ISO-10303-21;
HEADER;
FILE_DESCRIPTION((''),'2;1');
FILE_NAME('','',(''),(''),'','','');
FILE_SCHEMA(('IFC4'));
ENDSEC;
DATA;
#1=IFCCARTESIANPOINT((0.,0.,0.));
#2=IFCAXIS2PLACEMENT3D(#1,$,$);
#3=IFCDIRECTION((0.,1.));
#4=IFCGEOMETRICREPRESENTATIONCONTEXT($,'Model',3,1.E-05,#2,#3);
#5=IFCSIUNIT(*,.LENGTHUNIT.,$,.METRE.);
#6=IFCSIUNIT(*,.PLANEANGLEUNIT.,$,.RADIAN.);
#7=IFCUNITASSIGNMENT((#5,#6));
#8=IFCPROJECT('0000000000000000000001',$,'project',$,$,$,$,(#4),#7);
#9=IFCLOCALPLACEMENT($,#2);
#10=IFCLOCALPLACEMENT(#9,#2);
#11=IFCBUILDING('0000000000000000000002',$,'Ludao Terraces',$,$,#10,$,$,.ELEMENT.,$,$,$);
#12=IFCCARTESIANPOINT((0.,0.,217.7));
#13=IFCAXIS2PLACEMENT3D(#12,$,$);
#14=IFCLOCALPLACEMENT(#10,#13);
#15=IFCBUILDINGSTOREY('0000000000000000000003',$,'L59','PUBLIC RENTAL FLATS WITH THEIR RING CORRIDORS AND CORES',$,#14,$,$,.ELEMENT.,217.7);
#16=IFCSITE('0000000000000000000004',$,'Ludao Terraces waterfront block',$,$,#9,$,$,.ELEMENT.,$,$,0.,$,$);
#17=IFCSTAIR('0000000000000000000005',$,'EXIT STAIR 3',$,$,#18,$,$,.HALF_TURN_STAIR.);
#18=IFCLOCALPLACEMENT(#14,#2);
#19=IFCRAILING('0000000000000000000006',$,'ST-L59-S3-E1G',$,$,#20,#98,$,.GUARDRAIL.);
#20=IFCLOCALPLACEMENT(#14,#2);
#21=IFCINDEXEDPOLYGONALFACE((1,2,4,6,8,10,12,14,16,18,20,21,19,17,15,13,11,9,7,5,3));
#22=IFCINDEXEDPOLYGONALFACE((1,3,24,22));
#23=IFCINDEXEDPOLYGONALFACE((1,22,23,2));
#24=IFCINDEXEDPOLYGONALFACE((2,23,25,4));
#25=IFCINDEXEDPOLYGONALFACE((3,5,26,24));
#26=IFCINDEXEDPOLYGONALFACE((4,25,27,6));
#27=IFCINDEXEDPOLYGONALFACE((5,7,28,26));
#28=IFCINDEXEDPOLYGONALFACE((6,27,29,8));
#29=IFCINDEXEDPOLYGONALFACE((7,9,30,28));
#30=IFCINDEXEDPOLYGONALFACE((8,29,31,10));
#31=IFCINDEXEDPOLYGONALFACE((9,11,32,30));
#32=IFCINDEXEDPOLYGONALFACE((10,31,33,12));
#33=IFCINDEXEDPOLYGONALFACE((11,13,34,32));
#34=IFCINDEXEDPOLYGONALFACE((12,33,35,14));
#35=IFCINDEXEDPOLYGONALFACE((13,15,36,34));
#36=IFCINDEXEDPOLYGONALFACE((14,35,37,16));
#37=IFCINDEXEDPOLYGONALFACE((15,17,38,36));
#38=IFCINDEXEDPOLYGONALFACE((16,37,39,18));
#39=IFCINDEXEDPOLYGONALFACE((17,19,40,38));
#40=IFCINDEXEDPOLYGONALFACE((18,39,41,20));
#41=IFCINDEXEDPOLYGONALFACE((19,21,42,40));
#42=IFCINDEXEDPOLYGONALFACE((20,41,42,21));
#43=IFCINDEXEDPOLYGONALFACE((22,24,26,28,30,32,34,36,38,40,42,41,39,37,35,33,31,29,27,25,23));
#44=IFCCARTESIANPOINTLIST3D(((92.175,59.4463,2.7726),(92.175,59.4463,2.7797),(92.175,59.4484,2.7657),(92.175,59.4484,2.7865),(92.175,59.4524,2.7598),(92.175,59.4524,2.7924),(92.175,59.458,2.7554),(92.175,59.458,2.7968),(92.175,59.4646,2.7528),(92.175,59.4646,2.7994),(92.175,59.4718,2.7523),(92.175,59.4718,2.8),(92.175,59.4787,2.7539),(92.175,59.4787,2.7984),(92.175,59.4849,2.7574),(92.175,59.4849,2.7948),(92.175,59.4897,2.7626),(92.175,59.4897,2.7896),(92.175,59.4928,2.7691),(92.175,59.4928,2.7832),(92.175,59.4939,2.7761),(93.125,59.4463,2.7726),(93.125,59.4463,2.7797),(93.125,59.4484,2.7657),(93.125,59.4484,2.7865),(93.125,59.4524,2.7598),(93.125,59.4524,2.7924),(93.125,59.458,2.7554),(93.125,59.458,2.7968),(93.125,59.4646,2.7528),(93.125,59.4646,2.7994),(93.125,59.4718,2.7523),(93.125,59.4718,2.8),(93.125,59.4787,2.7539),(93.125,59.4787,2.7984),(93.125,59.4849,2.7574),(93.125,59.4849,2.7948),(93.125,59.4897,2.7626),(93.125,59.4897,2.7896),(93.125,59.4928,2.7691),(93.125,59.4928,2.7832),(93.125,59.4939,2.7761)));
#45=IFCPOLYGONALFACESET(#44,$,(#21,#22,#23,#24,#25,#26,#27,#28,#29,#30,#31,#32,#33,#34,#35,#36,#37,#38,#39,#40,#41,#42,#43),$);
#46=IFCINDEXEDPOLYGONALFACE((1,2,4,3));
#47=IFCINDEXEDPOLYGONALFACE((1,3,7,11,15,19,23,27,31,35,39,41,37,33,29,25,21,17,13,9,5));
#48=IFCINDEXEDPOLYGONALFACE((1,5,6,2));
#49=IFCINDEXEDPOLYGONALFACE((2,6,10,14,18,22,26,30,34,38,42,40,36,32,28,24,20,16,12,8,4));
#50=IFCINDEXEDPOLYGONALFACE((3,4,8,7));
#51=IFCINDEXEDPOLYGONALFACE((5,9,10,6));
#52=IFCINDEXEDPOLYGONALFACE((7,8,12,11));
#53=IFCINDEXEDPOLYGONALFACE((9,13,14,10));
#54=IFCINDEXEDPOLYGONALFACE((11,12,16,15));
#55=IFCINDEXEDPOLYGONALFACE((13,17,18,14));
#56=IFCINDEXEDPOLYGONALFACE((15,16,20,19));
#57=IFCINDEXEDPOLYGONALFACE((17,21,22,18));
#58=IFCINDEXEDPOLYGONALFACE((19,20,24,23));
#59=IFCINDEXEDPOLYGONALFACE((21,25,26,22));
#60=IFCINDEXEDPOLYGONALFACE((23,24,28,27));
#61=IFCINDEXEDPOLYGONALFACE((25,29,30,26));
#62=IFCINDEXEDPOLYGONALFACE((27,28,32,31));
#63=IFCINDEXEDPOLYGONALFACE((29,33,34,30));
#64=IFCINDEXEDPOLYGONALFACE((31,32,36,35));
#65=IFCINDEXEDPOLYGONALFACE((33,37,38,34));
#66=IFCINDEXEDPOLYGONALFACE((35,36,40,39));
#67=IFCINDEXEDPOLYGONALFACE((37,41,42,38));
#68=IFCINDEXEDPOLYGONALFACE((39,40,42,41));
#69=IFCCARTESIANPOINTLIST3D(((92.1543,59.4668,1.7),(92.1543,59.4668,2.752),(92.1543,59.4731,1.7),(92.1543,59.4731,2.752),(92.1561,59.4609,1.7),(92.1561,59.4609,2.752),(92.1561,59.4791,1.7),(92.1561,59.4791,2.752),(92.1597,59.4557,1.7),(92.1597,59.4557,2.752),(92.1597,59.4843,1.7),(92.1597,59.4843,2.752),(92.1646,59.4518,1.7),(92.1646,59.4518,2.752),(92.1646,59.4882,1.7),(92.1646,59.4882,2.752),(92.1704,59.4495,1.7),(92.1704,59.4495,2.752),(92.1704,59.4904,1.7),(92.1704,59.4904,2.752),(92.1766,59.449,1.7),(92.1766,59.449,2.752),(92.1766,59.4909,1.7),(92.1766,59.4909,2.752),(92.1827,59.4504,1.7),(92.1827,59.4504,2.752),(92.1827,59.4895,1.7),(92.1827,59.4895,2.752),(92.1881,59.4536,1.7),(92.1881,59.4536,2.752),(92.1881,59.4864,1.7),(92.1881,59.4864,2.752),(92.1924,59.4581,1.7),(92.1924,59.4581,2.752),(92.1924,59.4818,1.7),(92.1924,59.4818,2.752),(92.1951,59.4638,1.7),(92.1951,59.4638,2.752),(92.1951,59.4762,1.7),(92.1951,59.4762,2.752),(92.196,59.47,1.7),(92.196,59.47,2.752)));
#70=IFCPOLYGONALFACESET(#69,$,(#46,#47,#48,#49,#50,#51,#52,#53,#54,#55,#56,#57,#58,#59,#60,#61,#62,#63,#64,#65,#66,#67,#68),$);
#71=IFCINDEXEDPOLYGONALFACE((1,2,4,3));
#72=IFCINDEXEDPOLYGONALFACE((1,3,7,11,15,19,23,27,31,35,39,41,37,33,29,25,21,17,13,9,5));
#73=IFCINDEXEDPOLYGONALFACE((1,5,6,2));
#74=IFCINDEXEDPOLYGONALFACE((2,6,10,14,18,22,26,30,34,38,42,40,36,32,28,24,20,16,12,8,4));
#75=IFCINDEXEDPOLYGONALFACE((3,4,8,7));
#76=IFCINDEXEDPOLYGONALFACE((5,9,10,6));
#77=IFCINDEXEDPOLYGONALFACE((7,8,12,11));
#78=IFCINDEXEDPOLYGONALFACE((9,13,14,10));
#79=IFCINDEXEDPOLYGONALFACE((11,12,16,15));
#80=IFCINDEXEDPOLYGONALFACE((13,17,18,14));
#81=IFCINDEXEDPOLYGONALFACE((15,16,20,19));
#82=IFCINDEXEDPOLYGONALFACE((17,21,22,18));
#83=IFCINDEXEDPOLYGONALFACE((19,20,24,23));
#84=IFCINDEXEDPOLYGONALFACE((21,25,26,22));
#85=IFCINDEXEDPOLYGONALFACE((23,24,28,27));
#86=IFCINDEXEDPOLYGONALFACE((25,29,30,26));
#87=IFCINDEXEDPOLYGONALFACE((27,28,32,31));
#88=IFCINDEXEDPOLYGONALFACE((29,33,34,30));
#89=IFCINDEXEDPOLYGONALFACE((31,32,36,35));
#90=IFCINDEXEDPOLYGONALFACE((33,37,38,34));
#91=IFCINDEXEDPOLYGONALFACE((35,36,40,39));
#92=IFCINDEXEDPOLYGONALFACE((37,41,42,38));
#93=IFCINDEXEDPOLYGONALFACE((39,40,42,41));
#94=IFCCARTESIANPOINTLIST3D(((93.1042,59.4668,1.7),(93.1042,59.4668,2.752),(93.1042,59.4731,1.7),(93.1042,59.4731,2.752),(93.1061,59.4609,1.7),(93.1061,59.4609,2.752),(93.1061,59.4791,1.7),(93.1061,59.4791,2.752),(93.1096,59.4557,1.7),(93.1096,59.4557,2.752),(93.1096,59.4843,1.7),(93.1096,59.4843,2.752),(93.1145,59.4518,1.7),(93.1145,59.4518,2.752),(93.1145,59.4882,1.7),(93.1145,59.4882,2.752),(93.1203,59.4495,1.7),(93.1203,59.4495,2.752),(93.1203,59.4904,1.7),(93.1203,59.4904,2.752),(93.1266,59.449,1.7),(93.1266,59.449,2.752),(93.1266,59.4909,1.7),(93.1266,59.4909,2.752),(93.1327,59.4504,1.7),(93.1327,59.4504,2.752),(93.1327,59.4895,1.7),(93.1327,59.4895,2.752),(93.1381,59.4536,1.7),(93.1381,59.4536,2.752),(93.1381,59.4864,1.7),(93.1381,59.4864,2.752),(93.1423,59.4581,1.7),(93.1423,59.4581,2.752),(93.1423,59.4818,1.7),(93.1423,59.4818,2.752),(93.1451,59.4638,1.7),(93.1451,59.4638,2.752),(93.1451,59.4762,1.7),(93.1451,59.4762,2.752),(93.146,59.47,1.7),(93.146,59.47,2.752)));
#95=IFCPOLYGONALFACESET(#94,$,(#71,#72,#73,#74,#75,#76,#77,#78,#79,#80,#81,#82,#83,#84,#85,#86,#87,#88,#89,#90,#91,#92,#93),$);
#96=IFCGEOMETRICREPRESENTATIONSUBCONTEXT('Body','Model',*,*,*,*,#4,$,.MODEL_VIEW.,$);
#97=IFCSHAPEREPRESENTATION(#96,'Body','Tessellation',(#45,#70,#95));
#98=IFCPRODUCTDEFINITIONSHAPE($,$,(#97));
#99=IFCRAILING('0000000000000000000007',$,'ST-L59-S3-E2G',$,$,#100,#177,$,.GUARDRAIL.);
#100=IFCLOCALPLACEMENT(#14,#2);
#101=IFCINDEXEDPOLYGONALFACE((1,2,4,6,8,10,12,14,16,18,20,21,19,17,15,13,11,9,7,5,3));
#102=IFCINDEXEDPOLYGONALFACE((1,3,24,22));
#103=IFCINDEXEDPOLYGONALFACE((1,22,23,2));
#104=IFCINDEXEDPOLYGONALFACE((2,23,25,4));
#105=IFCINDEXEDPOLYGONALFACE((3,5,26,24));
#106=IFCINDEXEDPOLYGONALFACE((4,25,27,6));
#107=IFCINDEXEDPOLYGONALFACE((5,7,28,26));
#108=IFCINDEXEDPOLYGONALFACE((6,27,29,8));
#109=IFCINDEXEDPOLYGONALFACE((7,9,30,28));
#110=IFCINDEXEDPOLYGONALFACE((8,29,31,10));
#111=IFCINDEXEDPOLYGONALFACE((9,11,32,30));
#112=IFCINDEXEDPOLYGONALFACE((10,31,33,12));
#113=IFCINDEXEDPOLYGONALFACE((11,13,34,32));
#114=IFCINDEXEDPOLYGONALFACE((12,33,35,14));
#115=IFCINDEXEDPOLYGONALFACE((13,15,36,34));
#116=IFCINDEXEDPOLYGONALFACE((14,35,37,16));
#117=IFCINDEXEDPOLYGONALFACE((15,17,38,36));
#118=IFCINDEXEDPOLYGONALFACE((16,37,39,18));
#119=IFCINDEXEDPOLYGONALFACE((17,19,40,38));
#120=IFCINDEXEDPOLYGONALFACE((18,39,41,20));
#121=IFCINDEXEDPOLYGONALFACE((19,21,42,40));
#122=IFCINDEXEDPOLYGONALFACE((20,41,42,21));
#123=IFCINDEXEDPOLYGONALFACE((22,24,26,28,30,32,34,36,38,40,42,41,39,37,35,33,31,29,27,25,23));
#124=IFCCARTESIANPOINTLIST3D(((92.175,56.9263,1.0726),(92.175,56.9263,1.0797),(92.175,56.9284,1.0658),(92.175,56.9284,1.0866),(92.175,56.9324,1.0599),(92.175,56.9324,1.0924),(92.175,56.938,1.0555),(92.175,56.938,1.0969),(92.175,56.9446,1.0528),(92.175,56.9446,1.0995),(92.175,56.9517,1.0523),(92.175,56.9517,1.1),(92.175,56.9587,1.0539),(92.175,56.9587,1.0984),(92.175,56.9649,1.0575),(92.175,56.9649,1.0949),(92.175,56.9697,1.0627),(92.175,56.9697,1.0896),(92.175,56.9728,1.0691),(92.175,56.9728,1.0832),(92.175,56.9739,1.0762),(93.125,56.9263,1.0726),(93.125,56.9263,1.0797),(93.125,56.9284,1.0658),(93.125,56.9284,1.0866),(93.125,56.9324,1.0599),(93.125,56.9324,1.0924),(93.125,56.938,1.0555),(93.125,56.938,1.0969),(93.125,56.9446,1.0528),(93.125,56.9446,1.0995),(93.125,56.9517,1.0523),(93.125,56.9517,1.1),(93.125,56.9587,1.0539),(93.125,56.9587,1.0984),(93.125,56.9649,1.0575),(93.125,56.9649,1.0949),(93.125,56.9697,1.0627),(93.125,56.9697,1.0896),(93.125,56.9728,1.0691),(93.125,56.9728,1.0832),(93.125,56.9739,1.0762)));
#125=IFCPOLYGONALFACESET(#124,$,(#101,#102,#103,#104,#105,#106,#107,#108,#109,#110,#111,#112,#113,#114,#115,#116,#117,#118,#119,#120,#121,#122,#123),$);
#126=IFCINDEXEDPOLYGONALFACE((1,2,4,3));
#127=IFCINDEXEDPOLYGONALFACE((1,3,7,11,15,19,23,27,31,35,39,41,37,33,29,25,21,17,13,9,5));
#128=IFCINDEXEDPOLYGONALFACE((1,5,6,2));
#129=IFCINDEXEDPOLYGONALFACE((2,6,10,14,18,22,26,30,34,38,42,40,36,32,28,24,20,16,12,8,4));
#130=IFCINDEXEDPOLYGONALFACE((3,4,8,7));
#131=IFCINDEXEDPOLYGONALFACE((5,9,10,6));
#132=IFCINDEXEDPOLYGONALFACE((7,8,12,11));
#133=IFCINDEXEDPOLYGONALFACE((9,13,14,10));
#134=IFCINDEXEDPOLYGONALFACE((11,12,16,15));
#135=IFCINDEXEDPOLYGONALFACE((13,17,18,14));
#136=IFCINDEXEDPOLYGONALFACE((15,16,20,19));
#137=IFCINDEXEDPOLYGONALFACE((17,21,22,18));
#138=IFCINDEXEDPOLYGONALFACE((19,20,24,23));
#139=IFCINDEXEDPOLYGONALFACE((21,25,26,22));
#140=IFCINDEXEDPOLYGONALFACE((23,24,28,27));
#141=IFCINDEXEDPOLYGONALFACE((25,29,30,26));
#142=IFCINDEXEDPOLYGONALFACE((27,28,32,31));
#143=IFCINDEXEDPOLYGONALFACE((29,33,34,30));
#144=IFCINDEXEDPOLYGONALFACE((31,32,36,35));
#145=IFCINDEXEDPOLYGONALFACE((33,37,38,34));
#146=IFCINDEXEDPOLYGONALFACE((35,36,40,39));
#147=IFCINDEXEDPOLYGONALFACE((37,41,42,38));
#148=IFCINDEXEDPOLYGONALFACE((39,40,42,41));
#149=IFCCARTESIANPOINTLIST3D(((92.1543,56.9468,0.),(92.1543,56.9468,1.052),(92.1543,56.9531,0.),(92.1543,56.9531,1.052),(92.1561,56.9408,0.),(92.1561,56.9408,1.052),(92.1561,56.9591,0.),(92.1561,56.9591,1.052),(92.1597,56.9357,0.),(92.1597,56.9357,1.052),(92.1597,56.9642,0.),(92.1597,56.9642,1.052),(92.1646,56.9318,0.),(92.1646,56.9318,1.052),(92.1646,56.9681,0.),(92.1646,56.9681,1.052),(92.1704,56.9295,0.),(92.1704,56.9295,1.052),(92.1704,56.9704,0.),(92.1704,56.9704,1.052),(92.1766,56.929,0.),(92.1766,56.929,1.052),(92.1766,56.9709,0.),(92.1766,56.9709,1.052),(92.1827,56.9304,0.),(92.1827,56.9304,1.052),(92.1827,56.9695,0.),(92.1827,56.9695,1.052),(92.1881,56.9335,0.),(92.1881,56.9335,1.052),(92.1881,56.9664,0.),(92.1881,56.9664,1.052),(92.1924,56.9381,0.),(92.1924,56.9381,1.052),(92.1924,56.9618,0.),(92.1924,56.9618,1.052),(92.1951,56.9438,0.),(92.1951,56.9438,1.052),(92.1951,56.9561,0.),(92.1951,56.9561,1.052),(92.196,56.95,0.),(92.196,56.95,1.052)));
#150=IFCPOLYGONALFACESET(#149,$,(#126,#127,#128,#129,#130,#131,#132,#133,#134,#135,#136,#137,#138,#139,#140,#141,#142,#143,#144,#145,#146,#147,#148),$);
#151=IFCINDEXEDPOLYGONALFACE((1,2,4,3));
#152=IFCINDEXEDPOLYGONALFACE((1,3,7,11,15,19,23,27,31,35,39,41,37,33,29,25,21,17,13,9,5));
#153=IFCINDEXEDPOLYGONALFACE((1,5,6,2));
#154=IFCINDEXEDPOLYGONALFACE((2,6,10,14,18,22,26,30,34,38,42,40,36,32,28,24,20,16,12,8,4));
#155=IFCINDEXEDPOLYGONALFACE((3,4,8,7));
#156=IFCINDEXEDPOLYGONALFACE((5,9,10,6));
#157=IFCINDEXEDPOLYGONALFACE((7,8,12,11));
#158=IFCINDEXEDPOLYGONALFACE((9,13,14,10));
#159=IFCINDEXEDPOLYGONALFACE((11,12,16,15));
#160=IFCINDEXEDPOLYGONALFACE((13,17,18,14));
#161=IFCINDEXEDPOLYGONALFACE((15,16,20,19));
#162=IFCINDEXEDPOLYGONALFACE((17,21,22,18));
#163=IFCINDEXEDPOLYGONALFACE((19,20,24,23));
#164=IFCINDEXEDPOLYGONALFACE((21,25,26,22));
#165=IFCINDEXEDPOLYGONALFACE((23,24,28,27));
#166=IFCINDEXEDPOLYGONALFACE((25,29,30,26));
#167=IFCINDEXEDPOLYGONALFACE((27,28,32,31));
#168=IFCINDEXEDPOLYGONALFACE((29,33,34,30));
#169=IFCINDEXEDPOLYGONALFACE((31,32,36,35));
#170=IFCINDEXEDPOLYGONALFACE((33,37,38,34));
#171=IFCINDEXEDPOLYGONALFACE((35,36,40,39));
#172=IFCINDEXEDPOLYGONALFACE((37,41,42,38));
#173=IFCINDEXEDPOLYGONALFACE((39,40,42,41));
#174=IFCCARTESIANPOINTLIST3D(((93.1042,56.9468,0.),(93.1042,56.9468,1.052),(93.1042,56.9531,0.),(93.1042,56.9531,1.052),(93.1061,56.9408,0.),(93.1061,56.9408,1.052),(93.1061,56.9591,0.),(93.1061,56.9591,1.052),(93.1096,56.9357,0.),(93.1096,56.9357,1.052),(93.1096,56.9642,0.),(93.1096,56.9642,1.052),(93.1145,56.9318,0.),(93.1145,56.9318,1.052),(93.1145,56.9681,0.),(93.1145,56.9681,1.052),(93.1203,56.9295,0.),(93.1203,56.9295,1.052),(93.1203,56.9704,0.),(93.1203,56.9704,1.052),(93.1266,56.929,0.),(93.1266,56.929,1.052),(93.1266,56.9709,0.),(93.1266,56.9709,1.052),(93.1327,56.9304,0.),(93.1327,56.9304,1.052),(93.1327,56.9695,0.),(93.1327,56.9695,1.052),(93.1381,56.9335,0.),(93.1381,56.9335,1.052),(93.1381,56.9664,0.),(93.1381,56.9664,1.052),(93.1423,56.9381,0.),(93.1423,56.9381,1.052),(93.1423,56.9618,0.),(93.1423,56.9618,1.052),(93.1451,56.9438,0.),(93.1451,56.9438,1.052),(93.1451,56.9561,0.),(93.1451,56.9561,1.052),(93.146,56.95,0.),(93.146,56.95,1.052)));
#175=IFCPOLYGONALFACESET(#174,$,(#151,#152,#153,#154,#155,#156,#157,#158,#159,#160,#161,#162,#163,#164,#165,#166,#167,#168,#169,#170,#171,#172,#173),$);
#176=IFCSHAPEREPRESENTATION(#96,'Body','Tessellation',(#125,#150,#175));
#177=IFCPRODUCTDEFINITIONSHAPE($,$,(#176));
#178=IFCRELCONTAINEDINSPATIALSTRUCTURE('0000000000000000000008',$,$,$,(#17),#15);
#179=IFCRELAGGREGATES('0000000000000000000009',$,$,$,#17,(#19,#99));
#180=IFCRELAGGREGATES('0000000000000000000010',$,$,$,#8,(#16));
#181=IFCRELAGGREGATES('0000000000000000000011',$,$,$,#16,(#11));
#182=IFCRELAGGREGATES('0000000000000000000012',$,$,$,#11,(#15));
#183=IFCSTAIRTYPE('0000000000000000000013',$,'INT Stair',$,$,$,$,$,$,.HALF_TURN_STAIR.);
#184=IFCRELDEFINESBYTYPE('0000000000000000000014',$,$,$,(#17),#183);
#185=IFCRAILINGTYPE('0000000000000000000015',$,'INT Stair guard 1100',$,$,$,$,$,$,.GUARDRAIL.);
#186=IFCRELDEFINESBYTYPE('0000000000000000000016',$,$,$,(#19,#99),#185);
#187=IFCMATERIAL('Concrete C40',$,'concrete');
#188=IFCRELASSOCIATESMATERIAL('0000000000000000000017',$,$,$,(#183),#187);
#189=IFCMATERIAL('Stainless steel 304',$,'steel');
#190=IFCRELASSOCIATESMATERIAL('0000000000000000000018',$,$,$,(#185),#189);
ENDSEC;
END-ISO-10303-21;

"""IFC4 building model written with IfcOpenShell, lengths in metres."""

from ifc_helpers import new_model, si_unit, direction, frame, origin, origin_2d, place, context, subcontext, project, spatial, circle, extrude, material, type_object, element, aggregate, save


model = new_model("IFC4")

# Units and contexts
model_context = context("Model", 3, precision=1e-05, world=origin(), true_north=direction((0.0, 1.0)))
body_context = subcontext(model_context, "Body", "Model", "MODEL_VIEW")
ifc_project = project(units=[si_unit("LENGTHUNIT", "METRE"), si_unit("PLANEANGLEUNIT", "RADIAN")], contexts=[model_context])

# Site, building, storey
site_placement = place(None, origin())
site = spatial("IfcSite", under=ifc_project, at=site_placement, Name="Ludao Terraces waterfront block", CompositionType="ELEMENT", RefElevation=0.0)
building_placement = place(site_placement, origin())
building = spatial("IfcBuilding", under=site, at=building_placement, Name="Ludao Terraces", CompositionType="ELEMENT")
storey_placement = place(building_placement, frame((0.0, 0.0, 217.7)))
storey = spatial("IfcBuildingStorey", under=building, at=storey_placement, Name="L59", Description="PUBLIC RENTAL FLATS WITH THEIR RING CORRIDORS AND CORES", CompositionType="ELEMENT", Elevation=217.7)

# Shared definitions
ifc_material_1 = material(Name="Concrete C40", Category="concrete")

# Stair, railings
stair_type = type_object("IfcStairType", Name="INT Stair", PredefinedType="HALF_TURN_STAIR", material=ifc_material_1)
stair_placement = place(storey_placement, origin())
stair = element("IfcStair", 1, at=stair_placement, inside=storey, type_object=stair_type, Name="EXIT STAIR 3", PredefinedType="HALF_TURN_STAIR")
ifc_material_2 = material(Name="Stainless steel 304", Category="steel")
railing_type_1 = type_object("IfcRailingType", Name="INT Stair guard 1100", PredefinedType="GUARDRAIL", material=ifc_material_2)
railing_1_placement = place(storey_placement, frame((92.175, 59.47, 1.7)))
railing_1 = element("IfcRailing", 2, at=railing_1_placement, type_object=railing_type_1, Name="ST-L59-S3-E1G", PredefinedType="GUARDRAIL", context=body_context, shape_type="SweptSolid", body=[
    extrude(circle(Radius=0.0239, at=origin_2d()), frame((0.0, 0.0, 1.0762), z_axis=(1.0, 0.0, 0.0), x_axis=(0.0, 1.0, 0.0)), (0.0, 0.0, 1.0), 0.95),
    extrude(circle(Radius=0.021, at=origin_2d()), origin(), (0.0, 0.0, 1.0), 1.052),
    extrude(circle(Radius=0.021, at=origin_2d()), frame((0.95, 0.0, 0.0)), (0.0, 0.0, 1.0), 1.052),
])
railing_2_placement = place(storey_placement, frame((92.175, 56.95, 0.0)))
railing_2 = element("IfcRailing", 3, at=railing_2_placement, type_object=railing_type_1, Name="ST-L59-S3-E2G", PredefinedType="GUARDRAIL", context=body_context, shape_type="SweptSolid", body=[
    extrude(circle(Radius=0.0239, at=origin_2d()), frame((0.0, 0.0, 1.0762), z_axis=(1.0, 0.0, 0.0), x_axis=(0.0, 1.0, 0.0)), (0.0, 0.0, 1.0), 0.95),
    extrude(circle(Radius=0.021, at=origin_2d()), origin(), (0.0, 0.0, 1.0), 1.052),
    extrude(circle(Radius=0.021, at=origin_2d()), frame((0.95, 0.0, 0.0)), (0.0, 0.0, 1.0), 1.052),
])
aggregate(stair, [railing_1, railing_2])

save(model, "model.ifc")
